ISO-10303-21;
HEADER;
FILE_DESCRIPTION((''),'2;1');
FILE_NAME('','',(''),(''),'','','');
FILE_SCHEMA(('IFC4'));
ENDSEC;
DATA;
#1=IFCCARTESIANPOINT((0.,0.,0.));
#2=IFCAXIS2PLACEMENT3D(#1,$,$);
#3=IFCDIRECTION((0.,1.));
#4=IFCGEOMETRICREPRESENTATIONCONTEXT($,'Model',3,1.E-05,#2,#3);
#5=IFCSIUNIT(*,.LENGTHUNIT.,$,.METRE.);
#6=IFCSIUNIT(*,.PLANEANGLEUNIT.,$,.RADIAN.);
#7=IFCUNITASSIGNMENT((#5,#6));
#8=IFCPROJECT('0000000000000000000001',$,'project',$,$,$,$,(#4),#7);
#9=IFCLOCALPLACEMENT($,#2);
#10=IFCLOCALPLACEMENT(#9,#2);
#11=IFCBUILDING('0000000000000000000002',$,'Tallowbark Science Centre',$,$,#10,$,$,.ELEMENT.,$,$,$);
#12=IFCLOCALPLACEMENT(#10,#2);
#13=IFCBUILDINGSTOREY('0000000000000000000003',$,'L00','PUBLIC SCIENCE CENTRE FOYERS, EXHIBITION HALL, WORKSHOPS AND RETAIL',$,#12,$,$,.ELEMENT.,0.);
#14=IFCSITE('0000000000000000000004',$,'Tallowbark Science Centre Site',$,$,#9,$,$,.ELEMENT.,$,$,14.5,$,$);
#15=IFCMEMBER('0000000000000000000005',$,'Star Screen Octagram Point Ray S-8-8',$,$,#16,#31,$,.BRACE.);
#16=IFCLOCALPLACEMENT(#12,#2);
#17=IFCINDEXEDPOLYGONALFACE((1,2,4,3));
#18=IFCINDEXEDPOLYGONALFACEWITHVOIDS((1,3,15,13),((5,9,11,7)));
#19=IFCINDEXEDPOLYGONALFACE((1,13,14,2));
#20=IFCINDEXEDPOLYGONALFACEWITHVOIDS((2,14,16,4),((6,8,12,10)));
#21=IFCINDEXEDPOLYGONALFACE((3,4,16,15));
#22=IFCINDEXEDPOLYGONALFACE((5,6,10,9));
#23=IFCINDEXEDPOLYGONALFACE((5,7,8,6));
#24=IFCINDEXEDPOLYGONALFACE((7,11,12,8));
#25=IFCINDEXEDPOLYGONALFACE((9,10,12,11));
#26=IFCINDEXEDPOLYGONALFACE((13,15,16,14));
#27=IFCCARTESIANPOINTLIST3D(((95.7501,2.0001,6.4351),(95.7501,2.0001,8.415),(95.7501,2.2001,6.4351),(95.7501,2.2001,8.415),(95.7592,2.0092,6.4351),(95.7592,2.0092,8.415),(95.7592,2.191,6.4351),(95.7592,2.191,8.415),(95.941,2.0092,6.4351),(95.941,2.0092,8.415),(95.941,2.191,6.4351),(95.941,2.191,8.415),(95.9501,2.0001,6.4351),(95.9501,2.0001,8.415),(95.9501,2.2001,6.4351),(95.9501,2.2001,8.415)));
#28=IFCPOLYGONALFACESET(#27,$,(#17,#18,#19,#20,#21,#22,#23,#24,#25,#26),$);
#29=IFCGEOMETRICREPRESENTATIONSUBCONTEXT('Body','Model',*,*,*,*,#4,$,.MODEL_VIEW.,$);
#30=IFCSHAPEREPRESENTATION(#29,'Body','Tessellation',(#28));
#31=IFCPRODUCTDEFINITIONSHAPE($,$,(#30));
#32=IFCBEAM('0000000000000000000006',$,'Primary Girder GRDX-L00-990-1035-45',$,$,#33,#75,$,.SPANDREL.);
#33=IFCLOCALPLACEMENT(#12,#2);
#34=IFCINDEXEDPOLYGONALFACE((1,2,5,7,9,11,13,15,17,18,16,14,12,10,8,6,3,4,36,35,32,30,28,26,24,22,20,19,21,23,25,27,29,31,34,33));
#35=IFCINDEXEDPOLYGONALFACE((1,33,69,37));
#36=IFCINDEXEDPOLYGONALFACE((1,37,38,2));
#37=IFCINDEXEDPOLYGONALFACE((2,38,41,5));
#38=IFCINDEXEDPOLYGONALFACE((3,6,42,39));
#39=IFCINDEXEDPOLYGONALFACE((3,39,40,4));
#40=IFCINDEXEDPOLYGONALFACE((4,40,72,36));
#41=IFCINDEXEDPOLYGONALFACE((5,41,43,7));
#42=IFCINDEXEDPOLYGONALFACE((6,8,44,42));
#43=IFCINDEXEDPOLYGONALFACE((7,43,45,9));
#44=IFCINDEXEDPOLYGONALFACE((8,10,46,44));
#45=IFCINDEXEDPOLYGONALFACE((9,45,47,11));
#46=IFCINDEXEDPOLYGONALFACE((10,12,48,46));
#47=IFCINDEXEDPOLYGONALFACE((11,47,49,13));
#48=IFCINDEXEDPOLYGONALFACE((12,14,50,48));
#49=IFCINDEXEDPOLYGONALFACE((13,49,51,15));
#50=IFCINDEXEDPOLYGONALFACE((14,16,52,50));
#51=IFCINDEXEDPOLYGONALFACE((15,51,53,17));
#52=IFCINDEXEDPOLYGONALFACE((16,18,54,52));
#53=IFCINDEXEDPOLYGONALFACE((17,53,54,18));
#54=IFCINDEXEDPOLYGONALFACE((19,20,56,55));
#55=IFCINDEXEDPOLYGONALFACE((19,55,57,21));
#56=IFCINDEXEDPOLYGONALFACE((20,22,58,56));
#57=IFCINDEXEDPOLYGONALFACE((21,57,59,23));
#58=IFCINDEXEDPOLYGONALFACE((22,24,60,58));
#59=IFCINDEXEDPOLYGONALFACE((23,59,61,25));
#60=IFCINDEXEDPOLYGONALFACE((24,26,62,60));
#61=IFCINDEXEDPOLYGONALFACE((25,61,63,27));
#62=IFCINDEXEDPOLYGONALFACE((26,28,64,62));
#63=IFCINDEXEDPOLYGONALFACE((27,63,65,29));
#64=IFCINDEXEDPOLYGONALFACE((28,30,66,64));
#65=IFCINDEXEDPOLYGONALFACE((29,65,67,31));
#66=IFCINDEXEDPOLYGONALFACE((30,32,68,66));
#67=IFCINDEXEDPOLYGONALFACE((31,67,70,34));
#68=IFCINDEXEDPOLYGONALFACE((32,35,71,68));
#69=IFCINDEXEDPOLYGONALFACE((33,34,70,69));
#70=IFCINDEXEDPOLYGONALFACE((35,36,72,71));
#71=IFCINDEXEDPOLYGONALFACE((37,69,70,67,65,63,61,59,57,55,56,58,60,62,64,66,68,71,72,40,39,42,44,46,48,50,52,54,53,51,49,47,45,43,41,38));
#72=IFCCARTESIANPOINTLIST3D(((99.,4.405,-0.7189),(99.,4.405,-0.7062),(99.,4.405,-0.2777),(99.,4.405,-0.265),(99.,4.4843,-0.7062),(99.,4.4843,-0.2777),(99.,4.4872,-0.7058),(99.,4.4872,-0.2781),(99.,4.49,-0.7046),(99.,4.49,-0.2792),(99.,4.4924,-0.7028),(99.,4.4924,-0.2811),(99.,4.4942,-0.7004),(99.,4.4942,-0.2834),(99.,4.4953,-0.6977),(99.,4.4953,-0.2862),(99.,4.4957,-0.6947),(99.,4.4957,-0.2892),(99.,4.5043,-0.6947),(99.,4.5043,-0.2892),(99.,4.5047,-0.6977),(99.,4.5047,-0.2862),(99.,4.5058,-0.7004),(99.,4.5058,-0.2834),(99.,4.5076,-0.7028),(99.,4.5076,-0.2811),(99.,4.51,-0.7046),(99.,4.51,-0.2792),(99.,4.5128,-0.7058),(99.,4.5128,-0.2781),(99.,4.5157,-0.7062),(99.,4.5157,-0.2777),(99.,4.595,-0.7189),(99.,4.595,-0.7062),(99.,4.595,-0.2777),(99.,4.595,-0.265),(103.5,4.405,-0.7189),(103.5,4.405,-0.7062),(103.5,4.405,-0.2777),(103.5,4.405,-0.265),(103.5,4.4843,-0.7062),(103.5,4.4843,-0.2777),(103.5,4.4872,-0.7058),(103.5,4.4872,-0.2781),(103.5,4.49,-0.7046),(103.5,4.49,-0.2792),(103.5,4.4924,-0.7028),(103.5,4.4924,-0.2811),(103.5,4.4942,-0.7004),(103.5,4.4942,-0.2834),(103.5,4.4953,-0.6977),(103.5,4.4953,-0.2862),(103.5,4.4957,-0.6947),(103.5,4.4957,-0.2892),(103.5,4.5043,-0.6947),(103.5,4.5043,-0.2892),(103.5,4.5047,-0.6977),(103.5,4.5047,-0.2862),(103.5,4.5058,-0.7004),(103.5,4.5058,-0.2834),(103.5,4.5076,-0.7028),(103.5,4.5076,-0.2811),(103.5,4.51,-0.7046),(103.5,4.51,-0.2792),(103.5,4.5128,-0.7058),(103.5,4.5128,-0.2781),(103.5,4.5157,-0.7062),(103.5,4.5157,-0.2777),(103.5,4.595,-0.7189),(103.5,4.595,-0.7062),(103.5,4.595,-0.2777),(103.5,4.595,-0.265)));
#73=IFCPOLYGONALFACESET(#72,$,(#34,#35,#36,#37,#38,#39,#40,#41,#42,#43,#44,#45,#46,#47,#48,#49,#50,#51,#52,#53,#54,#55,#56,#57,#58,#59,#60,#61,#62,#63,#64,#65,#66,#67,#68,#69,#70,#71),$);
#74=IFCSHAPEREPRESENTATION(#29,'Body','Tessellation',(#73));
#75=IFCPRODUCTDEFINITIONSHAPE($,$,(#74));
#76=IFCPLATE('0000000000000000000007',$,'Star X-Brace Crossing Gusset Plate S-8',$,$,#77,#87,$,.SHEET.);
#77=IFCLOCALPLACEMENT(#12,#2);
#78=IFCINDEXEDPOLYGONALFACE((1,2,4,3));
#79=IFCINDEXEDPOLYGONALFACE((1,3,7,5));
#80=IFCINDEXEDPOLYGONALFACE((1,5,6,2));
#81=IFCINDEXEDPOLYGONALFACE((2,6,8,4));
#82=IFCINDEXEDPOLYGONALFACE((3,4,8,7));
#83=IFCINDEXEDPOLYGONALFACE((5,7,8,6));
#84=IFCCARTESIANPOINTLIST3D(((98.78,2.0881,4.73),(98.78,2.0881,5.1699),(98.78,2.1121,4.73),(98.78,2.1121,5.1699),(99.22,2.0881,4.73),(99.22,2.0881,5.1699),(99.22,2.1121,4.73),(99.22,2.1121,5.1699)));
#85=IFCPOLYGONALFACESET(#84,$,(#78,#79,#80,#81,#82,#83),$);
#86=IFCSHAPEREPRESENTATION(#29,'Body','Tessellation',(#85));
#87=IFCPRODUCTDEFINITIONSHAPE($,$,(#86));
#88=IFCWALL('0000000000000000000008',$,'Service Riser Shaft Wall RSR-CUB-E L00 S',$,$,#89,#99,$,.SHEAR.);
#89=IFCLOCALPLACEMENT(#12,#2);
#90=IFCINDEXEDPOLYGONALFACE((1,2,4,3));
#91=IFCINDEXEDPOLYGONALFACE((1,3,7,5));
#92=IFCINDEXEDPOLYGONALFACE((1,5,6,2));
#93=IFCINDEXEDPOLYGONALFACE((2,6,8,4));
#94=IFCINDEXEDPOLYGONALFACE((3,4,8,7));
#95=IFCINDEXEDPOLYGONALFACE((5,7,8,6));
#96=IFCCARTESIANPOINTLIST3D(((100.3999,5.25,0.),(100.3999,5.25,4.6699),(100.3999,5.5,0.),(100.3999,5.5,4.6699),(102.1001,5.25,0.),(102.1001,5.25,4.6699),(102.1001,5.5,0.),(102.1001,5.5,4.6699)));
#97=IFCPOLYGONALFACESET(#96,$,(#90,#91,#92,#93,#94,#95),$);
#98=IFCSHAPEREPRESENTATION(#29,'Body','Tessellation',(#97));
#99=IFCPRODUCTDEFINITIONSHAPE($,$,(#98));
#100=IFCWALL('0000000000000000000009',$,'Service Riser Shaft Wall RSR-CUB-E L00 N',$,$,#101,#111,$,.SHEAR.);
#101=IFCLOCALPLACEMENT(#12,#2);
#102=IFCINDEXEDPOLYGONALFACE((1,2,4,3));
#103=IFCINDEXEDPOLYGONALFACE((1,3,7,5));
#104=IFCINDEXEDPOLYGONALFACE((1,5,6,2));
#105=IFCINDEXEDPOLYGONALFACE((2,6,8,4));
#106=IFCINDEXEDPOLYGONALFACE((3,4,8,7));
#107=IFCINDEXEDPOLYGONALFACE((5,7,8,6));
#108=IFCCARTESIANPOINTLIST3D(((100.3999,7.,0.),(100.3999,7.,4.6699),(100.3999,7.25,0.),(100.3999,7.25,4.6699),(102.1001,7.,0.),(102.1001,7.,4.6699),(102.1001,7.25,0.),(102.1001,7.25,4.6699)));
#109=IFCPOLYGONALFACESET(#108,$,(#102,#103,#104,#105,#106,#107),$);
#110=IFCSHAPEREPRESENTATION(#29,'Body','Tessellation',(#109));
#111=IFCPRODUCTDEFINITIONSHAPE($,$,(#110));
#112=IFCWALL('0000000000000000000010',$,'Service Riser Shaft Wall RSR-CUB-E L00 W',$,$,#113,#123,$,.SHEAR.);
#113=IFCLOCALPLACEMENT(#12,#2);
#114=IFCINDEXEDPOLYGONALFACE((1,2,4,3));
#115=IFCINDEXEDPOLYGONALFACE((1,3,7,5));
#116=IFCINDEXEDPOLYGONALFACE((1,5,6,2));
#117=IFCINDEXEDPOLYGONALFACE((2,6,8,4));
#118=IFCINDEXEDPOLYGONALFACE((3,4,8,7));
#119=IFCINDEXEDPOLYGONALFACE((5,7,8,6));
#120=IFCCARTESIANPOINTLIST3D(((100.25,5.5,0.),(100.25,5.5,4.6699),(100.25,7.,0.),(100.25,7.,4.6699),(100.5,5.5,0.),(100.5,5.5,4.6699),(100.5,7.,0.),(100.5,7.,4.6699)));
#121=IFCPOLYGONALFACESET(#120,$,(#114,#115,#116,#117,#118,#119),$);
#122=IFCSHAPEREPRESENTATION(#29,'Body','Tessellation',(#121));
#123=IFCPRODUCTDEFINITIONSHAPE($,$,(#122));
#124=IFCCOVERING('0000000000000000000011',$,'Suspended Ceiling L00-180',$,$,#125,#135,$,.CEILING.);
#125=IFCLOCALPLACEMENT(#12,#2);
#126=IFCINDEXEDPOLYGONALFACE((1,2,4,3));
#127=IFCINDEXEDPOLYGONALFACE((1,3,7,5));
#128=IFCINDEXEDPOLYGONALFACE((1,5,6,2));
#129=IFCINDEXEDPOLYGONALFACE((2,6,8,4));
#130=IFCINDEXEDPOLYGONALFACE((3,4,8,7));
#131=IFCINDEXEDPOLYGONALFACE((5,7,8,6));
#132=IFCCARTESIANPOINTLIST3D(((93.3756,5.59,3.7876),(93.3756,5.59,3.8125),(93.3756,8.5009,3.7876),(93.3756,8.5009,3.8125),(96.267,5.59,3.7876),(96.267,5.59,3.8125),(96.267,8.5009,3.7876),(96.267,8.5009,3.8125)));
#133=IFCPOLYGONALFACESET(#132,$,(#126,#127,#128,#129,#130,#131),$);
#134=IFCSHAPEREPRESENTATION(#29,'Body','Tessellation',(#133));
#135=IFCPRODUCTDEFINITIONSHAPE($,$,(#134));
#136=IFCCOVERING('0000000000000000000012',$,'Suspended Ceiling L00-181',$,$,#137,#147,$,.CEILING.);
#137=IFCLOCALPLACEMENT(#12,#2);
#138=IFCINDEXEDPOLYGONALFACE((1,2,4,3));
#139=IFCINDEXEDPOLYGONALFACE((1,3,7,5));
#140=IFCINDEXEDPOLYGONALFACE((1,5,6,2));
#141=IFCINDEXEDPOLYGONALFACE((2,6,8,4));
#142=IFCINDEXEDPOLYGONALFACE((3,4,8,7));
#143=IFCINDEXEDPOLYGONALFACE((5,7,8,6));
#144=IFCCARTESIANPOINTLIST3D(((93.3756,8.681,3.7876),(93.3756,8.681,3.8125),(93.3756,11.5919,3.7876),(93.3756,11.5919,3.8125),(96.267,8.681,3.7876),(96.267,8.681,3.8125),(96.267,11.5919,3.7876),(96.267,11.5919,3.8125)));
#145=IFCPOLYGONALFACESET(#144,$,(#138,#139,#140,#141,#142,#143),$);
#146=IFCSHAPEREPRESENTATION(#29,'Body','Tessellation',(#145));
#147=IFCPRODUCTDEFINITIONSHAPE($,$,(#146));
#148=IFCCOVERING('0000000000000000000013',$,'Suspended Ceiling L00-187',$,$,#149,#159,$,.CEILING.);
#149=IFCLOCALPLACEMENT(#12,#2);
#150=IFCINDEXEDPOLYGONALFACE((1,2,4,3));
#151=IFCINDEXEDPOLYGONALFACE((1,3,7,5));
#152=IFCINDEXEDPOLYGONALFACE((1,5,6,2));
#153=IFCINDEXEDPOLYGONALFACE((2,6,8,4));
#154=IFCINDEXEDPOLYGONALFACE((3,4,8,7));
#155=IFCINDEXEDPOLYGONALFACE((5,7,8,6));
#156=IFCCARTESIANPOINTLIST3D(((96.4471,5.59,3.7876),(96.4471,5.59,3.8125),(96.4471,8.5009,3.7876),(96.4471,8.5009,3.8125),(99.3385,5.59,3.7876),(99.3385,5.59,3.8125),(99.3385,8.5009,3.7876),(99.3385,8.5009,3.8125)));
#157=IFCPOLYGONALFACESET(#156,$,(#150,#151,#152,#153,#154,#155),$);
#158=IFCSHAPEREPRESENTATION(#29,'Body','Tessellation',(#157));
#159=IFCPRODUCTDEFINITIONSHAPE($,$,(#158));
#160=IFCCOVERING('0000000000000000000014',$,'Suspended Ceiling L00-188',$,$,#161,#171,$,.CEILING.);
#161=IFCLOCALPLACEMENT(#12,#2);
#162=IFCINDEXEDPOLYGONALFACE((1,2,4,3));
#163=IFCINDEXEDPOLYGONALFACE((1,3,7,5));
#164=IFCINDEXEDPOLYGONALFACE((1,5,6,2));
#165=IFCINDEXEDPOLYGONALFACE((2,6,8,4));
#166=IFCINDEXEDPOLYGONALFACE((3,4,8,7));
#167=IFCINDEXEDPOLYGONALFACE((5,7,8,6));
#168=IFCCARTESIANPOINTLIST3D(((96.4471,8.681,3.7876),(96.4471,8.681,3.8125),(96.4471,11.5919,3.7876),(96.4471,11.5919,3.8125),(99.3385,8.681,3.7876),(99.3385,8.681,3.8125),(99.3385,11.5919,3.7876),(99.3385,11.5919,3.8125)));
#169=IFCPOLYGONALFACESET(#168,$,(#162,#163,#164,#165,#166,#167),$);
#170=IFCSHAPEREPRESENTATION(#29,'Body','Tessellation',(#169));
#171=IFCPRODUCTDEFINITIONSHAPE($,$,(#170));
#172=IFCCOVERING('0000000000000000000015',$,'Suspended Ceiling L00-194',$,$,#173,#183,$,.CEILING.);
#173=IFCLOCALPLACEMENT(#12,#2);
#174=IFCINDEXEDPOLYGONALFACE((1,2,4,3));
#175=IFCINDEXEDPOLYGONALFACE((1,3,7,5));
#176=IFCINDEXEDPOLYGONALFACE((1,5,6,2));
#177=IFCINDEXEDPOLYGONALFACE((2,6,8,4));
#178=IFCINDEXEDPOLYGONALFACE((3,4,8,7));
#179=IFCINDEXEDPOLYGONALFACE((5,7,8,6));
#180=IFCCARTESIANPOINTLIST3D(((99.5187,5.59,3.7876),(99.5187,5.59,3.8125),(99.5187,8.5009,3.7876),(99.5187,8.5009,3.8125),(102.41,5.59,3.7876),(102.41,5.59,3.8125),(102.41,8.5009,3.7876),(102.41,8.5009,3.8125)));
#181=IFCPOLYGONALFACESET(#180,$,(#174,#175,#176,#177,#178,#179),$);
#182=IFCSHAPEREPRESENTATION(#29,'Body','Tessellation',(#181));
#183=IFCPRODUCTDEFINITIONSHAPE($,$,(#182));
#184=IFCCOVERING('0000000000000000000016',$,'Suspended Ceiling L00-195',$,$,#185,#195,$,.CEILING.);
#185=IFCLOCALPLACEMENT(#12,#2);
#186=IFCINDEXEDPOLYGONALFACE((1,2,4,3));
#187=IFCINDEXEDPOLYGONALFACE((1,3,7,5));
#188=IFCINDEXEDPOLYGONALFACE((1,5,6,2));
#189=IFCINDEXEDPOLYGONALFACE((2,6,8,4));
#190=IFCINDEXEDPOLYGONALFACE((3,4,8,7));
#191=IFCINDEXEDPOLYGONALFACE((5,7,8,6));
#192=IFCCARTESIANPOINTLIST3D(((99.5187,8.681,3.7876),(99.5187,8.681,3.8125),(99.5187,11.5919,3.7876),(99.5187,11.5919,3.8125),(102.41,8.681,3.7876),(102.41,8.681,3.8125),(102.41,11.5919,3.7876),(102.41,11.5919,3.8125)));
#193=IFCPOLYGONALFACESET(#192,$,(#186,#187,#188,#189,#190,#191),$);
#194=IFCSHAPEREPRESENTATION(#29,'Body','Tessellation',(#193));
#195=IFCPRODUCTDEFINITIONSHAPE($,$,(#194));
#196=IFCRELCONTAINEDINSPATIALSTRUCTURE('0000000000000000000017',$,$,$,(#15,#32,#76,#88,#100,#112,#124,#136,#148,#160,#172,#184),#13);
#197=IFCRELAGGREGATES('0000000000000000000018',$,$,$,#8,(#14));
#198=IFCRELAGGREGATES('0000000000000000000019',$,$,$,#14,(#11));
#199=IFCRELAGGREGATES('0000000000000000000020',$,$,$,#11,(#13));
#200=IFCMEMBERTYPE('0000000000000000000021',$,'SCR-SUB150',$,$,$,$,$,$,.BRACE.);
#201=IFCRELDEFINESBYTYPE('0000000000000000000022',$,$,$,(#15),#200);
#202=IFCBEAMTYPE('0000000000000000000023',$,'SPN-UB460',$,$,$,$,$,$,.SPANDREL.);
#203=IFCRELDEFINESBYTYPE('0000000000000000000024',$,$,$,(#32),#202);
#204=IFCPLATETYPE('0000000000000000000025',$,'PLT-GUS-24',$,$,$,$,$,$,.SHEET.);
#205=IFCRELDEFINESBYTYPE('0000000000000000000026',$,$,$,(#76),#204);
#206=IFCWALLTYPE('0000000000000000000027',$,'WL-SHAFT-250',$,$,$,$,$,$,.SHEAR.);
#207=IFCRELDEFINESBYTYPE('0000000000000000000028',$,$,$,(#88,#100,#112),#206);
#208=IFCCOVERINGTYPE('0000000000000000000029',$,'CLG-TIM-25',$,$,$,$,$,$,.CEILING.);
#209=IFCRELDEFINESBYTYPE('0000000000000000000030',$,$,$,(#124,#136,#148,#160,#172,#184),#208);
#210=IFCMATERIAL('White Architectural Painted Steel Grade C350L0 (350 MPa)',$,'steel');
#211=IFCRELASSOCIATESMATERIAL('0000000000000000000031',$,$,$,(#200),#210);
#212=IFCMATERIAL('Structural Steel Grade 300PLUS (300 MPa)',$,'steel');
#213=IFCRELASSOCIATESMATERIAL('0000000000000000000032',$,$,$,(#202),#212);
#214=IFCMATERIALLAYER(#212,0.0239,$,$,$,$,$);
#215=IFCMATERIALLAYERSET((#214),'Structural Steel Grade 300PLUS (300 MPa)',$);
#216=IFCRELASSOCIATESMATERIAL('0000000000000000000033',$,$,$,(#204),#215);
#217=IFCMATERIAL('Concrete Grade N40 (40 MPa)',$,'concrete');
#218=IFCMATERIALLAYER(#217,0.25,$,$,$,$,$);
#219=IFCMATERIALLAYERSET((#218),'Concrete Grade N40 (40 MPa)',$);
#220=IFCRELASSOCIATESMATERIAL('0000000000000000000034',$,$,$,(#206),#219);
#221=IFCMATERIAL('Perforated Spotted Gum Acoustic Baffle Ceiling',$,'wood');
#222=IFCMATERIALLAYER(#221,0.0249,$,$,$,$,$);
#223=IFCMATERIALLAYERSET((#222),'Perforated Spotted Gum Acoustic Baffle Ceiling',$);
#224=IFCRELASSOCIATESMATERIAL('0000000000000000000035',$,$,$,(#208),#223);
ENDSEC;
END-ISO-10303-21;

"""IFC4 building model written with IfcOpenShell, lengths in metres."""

from ifc_helpers import new_model, si_unit, direction, frame, frame_2d, origin, origin_2d, place, context, subcontext, project, spatial, rectangle, hollow_rectangle, i_section, extrude, material, layer, layer_set, material_profile, profile_set, type_object, element, save


model = new_model("IFC4")

# Units and contexts
model_context = context("Model", 3, precision=1e-05, world=origin(), true_north=direction((0.0, 1.0)))
body_context = subcontext(model_context, "Body", "Model", "MODEL_VIEW")
ifc_project = project(units=[si_unit("LENGTHUNIT", "METRE"), si_unit("PLANEANGLEUNIT", "RADIAN")], contexts=[model_context])

# Site, building, storey
site_placement = place(None, origin())
site = spatial("IfcSite", under=ifc_project, at=site_placement, Name="Tallowbark Science Centre Site", CompositionType="ELEMENT", RefElevation=14.5)
building_placement = place(site_placement, origin())
building = spatial("IfcBuilding", under=site, at=building_placement, Name="Tallowbark Science Centre", CompositionType="ELEMENT")
storey_placement = place(building_placement, origin())
storey = spatial("IfcBuildingStorey", under=building, at=storey_placement, Name="L00", Description="PUBLIC SCIENCE CENTRE FOYERS, EXHIBITION HALL, WORKSHOPS AND RETAIL", CompositionType="ELEMENT", Elevation=0.0)

# Shared definitions
ifc_material_1 = material(Name="Structural Steel Grade 300PLUS (300 MPa)", Category="steel")

# Member
ifc_material_2 = material(Name="White Architectural Painted Steel Grade C350L0 (350 MPa)", Category="steel")
ifc_material_profile_1 = material_profile(ifc_material_2, hollow_rectangle(XDim=0.2, YDim=0.2, WallThickness=0.009, at=origin_2d()), Name="200x200x9.0SHS")
ifc_profile_set_1 = profile_set([ifc_material_profile_1], Name="White Architectural Painted Steel Grade C350L0 (350 MPa)")
member_type_1 = type_object("IfcMemberType", Name="SCR-SUB150", PredefinedType="BRACE", material=ifc_profile_set_1)
member_1_placement = place(storey_placement, frame((95.8501, 2.1001, 8.415), z_axis=(0.0, 0.0, -1.0), x_axis=(1.0, 0.0, 0.0)))
element("IfcMember", 1, at=member_1_placement, inside=storey, type_object=member_type_1, Name="Star Screen Octagram Point Ray S-8-8", PredefinedType="BRACE", context=body_context, shape_type="SweptSolid", body=[
    extrude(hollow_rectangle(XDim=0.2, YDim=0.2, WallThickness=0.009, at=origin_2d()), origin(), (0.0, 0.0, 1.0), 1.98),
])

# Beam
ifc_material_profile_2 = material_profile(ifc_material_1, i_section(OverallWidth=0.1899, OverallDepth=0.4539, WebThickness=0.0085, FlangeThickness=0.0127, FilletRadius=0.0115, at=origin_2d()), Name="460UB67.1")
ifc_profile_set_2 = profile_set([ifc_material_profile_2], Name="Structural Steel Grade 300PLUS (300 MPa)")
beam_type = type_object("IfcBeamType", Name="SPN-UB460", PredefinedType="SPANDREL", material=ifc_profile_set_2)
beam_placement = place(storey_placement, frame((99.0, 4.5, -0.4919), z_axis=(1.0, 0.0, 0.0), x_axis=(0.0, 1.0, 0.0)))
element("IfcBeam", 2, at=beam_placement, inside=storey, type_object=beam_type, Name="Primary Girder GRDX-L00-990-1035-45", PredefinedType="SPANDREL", context=body_context, shape_type="SweptSolid", body=[
    extrude(i_section(OverallWidth=0.1899, OverallDepth=0.4539, WebThickness=0.0085, FlangeThickness=0.0127, FilletRadius=0.0115, at=origin_2d()), origin(), (0.0, 0.0, 1.0), 4.5),
])

# Plate
ifc_layer_1 = layer(ifc_material_1, 0.0239)
ifc_layer_set_1 = layer_set([ifc_layer_1], Name="Structural Steel Grade 300PLUS (300 MPa)")
plate_type = type_object("IfcPlateType", Name="PLT-GUS-24", PredefinedType="SHEET", material=ifc_layer_set_1)
plate_placement = place(storey_placement, frame((99.0, 2.1001, 4.73), z_axis=(0.0, 0.0, 1.0), x_axis=(1.0, 0.0, 0.0)))
element("IfcPlate", 3, at=plate_placement, inside=storey, type_object=plate_type, Name="Star X-Brace Crossing Gusset Plate S-8", PredefinedType="SHEET", context=body_context, shape_type="SweptSolid", body=[
    extrude(rectangle(XDim=0.4399, YDim=0.0239, at=origin_2d()), origin(), (0.0, 0.0, 1.0), 0.4399),
])

# Walls
ifc_material_3 = material(Name="Concrete Grade N40 (40 MPa)", Category="concrete")
ifc_layer_2 = layer(ifc_material_3, 0.25)
ifc_layer_set_2 = layer_set([ifc_layer_2], Name="Concrete Grade N40 (40 MPa)")
wall_type = type_object("IfcWallType", Name="WL-SHAFT-250", PredefinedType="SHEAR", material=ifc_layer_set_2)
for number, where, z_axis, x_axis, name in (
    (4, (100.3999, 5.375, 0.0), (0.0, 0.0, 1.0), (1.0, 0.0, 0.0), "Service Riser Shaft Wall RSR-CUB-E L00 S"),
    (5, (100.3999, 7.125, 0.0), (0.0, 0.0, 1.0), (1.0, 0.0, 0.0), "Service Riser Shaft Wall RSR-CUB-E L00 N"),
):
    element("IfcWall", number, at=place(storey_placement, frame(where, z_axis=z_axis, x_axis=x_axis)), inside=storey, type_object=wall_type, Name=name, PredefinedType="SHEAR", context=body_context, shape_type="SweptSolid", body=[
        extrude(rectangle(XDim=1.7002, YDim=0.25, at=frame_2d((0.8501, 0.0))), origin(), (0.0, 0.0, 1.0), 4.6699),
    ])
wall_placement = place(storey_placement, frame((100.375, 5.5, 0.0), z_axis=(0.0, 0.0, 1.0), x_axis=(0.0, 1.0, 0.0)))
element("IfcWall", 6, at=wall_placement, inside=storey, type_object=wall_type, Name="Service Riser Shaft Wall RSR-CUB-E L00 W", PredefinedType="SHEAR", context=body_context, shape_type="SweptSolid", body=[
    extrude(rectangle(XDim=1.5, YDim=0.25, at=frame_2d((0.75, 0.0))), origin(), (0.0, 0.0, 1.0), 4.6699),
])

# Coverings
ifc_material_4 = material(Name="Perforated Spotted Gum Acoustic Baffle Ceiling", Category="wood")
ifc_layer_3 = layer(ifc_material_4, 0.0249)
ifc_layer_set_3 = layer_set([ifc_layer_3], Name="Perforated Spotted Gum Acoustic Baffle Ceiling")
covering_type_1 = type_object("IfcCoveringType", Name="CLG-TIM-25", PredefinedType="CEILING", material=ifc_layer_set_3)
for number, where, z_axis, x_axis, name in (
    (7, (94.8213, 7.0454, 3.7876), (0.0, 0.0, 1.0), (1.0, 0.0, 0.0), "Suspended Ceiling L00-180"),
    (8, (94.8213, 10.1365, 3.7876), (0.0, 0.0, 1.0), (1.0, 0.0, 0.0), "Suspended Ceiling L00-181"),
    (9, (97.8928, 7.0454, 3.7876), (0.0, 0.0, 1.0), (1.0, 0.0, 0.0), "Suspended Ceiling L00-187"),
    (10, (97.8928, 10.1365, 3.7876), (0.0, 0.0, 1.0), (1.0, 0.0, 0.0), "Suspended Ceiling L00-188"),
    (11, (100.9644, 7.0454, 3.7876), (0.0, 0.0, 1.0), (1.0, 0.0, 0.0), "Suspended Ceiling L00-194"),
    (12, (100.9644, 10.1365, 3.7876), (0.0, 0.0, 1.0), (1.0, 0.0, 0.0), "Suspended Ceiling L00-195"),
):
    element("IfcCovering", number, at=place(storey_placement, frame(where, z_axis=z_axis, x_axis=x_axis)), inside=storey, type_object=covering_type_1, Name=name, PredefinedType="CEILING", context=body_context, shape_type="SweptSolid", body=[
        extrude(rectangle(XDim=2.8914, YDim=2.9109, at=origin_2d()), origin(), (0.0, 0.0, 1.0), 0.0249),
    ])

save(model, "model.ifc")
